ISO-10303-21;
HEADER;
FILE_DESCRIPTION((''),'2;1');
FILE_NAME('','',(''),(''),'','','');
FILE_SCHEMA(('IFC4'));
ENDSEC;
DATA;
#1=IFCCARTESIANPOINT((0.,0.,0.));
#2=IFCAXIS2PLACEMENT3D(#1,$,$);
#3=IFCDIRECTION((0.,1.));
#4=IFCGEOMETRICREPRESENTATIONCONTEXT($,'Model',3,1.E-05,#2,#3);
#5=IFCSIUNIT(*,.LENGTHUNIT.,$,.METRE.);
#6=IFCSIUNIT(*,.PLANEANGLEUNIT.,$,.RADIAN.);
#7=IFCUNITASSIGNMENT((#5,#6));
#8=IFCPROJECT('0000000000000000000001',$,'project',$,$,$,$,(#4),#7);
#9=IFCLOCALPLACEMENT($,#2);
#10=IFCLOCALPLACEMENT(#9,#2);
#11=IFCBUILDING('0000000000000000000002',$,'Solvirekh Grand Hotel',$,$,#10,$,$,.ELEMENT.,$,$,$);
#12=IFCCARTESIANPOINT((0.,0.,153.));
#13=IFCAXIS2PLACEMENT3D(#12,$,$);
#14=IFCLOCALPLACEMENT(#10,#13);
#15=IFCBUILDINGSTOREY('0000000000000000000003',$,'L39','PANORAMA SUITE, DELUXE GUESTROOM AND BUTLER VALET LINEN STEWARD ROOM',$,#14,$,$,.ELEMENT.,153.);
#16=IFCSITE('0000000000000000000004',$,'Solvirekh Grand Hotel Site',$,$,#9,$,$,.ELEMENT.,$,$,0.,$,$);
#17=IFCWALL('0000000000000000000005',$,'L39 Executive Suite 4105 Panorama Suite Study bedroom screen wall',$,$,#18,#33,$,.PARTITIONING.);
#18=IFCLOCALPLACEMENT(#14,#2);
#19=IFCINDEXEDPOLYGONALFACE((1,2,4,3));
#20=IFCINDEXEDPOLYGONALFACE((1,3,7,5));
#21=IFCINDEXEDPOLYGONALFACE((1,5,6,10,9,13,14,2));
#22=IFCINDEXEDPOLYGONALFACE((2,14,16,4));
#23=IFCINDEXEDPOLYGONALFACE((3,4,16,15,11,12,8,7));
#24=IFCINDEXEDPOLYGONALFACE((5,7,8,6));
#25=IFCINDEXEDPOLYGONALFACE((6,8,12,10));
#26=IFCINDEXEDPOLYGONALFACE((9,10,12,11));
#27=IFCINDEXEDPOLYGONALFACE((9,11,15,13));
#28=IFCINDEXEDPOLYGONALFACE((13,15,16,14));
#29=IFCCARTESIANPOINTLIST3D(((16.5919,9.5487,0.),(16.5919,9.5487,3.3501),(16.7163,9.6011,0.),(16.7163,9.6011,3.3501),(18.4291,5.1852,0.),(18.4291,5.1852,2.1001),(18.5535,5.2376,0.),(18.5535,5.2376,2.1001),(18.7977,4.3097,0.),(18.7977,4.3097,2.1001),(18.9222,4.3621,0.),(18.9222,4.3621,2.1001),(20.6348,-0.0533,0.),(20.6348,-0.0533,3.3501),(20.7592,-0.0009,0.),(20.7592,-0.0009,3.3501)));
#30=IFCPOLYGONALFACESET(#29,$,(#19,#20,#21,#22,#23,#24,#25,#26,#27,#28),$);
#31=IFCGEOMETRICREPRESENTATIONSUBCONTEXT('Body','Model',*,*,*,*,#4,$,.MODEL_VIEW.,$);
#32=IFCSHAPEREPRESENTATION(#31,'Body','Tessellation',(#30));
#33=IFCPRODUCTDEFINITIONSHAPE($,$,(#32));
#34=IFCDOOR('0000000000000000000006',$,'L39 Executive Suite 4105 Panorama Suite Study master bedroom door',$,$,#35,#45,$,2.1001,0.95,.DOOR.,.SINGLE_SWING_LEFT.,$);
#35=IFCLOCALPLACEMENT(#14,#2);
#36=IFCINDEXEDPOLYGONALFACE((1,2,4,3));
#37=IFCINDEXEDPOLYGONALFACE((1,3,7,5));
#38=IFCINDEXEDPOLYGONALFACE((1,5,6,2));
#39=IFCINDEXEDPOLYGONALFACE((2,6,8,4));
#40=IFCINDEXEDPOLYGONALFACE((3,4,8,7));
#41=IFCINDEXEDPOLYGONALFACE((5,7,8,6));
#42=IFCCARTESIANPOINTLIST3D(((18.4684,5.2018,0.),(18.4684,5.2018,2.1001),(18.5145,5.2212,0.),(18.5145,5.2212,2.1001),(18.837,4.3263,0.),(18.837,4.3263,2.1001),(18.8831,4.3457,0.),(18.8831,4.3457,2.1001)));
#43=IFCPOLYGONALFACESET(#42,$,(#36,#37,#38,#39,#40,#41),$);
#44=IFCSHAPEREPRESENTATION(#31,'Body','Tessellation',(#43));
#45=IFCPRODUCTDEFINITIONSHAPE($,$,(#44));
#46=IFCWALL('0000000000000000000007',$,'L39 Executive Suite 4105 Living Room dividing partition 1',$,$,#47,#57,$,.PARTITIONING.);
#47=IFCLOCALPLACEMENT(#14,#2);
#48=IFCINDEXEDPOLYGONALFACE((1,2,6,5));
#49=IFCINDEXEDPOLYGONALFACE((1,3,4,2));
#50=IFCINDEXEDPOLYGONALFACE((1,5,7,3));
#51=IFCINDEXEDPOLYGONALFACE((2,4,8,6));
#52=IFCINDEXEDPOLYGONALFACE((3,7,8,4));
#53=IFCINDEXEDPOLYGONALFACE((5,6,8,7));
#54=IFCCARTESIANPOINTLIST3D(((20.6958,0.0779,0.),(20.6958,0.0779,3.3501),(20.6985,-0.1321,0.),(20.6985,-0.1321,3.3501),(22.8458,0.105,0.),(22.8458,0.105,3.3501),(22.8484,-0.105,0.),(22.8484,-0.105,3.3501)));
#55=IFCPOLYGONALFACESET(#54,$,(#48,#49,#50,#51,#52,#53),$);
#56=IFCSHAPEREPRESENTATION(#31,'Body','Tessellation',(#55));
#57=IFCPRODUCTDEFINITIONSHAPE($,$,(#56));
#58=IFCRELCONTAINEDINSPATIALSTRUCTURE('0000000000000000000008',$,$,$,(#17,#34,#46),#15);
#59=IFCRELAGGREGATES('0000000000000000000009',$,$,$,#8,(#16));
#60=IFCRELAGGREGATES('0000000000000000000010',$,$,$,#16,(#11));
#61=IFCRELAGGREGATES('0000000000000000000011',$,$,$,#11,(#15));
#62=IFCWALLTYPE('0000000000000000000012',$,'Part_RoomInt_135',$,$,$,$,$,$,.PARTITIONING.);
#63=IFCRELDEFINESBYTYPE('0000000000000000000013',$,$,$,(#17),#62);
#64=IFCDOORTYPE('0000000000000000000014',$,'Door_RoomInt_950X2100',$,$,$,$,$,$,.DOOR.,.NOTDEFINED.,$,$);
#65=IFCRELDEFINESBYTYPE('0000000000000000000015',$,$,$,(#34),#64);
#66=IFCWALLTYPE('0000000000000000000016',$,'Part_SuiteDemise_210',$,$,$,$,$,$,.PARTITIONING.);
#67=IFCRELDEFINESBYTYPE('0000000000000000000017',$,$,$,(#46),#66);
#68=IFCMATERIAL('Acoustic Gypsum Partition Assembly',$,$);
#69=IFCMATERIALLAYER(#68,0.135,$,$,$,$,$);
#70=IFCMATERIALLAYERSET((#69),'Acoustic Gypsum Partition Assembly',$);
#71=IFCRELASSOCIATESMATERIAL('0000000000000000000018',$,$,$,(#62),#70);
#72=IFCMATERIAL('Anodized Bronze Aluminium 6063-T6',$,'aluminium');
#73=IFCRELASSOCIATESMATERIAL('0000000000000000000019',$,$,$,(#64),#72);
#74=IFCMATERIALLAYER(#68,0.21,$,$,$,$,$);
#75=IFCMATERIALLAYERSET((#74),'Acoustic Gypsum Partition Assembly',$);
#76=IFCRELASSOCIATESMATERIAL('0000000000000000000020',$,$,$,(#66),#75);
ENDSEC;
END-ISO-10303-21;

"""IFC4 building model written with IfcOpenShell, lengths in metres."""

from ifc_helpers import new_model, si_unit, direction, frame, frame_2d, origin, place, context, subcontext, project, spatial, rectangle, extrude, material, layer, layer_set, type_object, element, fill, save


model = new_model("IFC4")

# Units and contexts
model_context = context("Model", 3, precision=1e-05, world=origin(), true_north=direction((0.0, 1.0)))
body_context = subcontext(model_context, "Body", "Model", "MODEL_VIEW")
ifc_project = project(units=[si_unit("LENGTHUNIT", "METRE"), si_unit("PLANEANGLEUNIT", "RADIAN")], contexts=[model_context])

# Site, building, storey
site_placement = place(None, origin())
site = spatial("IfcSite", under=ifc_project, at=site_placement, Name="Solvirekh Grand Hotel Site", CompositionType="ELEMENT", RefElevation=0.0)
building_placement = place(site_placement, origin())
building = spatial("IfcBuilding", under=site, at=building_placement, Name="Solvirekh Grand Hotel", CompositionType="ELEMENT")
storey_placement = place(building_placement, frame((0.0, 0.0, 153.0)))
storey = spatial("IfcBuildingStorey", under=building, at=storey_placement, Name="L39", Description="PANORAMA SUITE, DELUXE GUESTROOM AND BUTLER VALET LINEN STEWARD ROOM", CompositionType="ELEMENT", Elevation=153.0)

# Shared definitions
ifc_material_1 = material(Name="Anodized Bronze Aluminium 6063-T6", Category="aluminium")

# Shared definitions
ifc_material_2 = material(Name="Acoustic Gypsum Partition Assembly")

# Wall, opening, door
ifc_layer_1 = layer(ifc_material_2, 0.135)
ifc_layer_set_1 = layer_set([ifc_layer_1], Name="Acoustic Gypsum Partition Assembly")
wall_type_1 = type_object("IfcWallType", Name="Part_RoomInt_135", PredefinedType="PARTITIONING", material=ifc_layer_set_1)
wall_1_placement = place(storey_placement, frame((20.697, -0.0271, 0.0), z_axis=(0.0, 0.0, 1.0), x_axis=(-0.388057, 0.921635, 0.0)))
wall_1 = element("IfcWall", 1, at=wall_1_placement, inside=storey, type_object=wall_type_1, Name="L39 Executive Suite 4105 Panorama Suite Study bedroom screen wall", PredefinedType="PARTITIONING", context=body_context, shape_type="SweptSolid", body=[
    extrude(rectangle(XDim=10.4185, YDim=0.135, at=frame_2d((5.2092, 0.0))), origin(), (0.0, 0.0, 1.0), 3.3501),
])
opening_1_placement = place(wall_1_placement, frame((4.7339, 0.0, 0.0)))
opening_1 = element("IfcOpeningElement", 2, at=opening_1_placement, cuts=wall_1, PredefinedType="OPENING", context=body_context, shape_type="SweptSolid", body=[
    extrude(rectangle(XDim=0.95, YDim=2.1001, at=frame_2d((0.4751, 1.05))), frame((0.0, 0.0776, 0.0), z_axis=(0.0, -1.0, 0.0), x_axis=(1.0, 0.0, 0.0)), (0.0, 0.0, 1.0), 0.155),
])
door_type_1 = type_object("IfcDoorType", Name="Door_RoomInt_950X2100", OperationType="NOTDEFINED", PredefinedType="DOOR", material=ifc_material_1)
door_1_placement = place(opening_1_placement, origin())
door_1 = element("IfcDoor", 3, at=door_1_placement, inside=storey, type_object=door_type_1, Name="L39 Executive Suite 4105 Panorama Suite Study master bedroom door", OperationType="SINGLE_SWING_LEFT", OverallHeight=2.1001, OverallWidth=0.95, PredefinedType="DOOR", context=body_context, shape_type="SweptSolid", body=[
    extrude(rectangle(XDim=0.95, YDim=2.1001, at=frame_2d((0.4751, 1.05))), frame((0.0, 0.0249, 0.0), z_axis=(0.0, -1.0, 0.0), x_axis=(1.0, 0.0, 0.0)), (0.0, 0.0, 1.0), 0.05),
])
fill(opening_1, door_1)

# Wall
ifc_layer_2 = layer(ifc_material_2, 0.21)
ifc_layer_set_2 = layer_set([ifc_layer_2], Name="Acoustic Gypsum Partition Assembly")
wall_type_2 = type_object("IfcWallType", Name="Part_SuiteDemise_210", PredefinedType="PARTITIONING", material=ifc_layer_set_2)
wall_2_placement = place(storey_placement, frame((20.697, -0.0271, 0.0), z_axis=(0.0, 0.0, 1.0), x_axis=(0.999921, 0.012604, 0.0)))
element("IfcWall", 4, at=wall_2_placement, inside=storey, type_object=wall_type_2, Name="L39 Executive Suite 4105 Living Room dividing partition 1", PredefinedType="PARTITIONING", context=body_context, shape_type="SweptSolid", body=[
    extrude(rectangle(XDim=2.1501, YDim=0.21, at=frame_2d((1.0752, 0.0))), origin(), (0.0, 0.0, 1.0), 3.3501),
])

save(model, "model.ifc")
